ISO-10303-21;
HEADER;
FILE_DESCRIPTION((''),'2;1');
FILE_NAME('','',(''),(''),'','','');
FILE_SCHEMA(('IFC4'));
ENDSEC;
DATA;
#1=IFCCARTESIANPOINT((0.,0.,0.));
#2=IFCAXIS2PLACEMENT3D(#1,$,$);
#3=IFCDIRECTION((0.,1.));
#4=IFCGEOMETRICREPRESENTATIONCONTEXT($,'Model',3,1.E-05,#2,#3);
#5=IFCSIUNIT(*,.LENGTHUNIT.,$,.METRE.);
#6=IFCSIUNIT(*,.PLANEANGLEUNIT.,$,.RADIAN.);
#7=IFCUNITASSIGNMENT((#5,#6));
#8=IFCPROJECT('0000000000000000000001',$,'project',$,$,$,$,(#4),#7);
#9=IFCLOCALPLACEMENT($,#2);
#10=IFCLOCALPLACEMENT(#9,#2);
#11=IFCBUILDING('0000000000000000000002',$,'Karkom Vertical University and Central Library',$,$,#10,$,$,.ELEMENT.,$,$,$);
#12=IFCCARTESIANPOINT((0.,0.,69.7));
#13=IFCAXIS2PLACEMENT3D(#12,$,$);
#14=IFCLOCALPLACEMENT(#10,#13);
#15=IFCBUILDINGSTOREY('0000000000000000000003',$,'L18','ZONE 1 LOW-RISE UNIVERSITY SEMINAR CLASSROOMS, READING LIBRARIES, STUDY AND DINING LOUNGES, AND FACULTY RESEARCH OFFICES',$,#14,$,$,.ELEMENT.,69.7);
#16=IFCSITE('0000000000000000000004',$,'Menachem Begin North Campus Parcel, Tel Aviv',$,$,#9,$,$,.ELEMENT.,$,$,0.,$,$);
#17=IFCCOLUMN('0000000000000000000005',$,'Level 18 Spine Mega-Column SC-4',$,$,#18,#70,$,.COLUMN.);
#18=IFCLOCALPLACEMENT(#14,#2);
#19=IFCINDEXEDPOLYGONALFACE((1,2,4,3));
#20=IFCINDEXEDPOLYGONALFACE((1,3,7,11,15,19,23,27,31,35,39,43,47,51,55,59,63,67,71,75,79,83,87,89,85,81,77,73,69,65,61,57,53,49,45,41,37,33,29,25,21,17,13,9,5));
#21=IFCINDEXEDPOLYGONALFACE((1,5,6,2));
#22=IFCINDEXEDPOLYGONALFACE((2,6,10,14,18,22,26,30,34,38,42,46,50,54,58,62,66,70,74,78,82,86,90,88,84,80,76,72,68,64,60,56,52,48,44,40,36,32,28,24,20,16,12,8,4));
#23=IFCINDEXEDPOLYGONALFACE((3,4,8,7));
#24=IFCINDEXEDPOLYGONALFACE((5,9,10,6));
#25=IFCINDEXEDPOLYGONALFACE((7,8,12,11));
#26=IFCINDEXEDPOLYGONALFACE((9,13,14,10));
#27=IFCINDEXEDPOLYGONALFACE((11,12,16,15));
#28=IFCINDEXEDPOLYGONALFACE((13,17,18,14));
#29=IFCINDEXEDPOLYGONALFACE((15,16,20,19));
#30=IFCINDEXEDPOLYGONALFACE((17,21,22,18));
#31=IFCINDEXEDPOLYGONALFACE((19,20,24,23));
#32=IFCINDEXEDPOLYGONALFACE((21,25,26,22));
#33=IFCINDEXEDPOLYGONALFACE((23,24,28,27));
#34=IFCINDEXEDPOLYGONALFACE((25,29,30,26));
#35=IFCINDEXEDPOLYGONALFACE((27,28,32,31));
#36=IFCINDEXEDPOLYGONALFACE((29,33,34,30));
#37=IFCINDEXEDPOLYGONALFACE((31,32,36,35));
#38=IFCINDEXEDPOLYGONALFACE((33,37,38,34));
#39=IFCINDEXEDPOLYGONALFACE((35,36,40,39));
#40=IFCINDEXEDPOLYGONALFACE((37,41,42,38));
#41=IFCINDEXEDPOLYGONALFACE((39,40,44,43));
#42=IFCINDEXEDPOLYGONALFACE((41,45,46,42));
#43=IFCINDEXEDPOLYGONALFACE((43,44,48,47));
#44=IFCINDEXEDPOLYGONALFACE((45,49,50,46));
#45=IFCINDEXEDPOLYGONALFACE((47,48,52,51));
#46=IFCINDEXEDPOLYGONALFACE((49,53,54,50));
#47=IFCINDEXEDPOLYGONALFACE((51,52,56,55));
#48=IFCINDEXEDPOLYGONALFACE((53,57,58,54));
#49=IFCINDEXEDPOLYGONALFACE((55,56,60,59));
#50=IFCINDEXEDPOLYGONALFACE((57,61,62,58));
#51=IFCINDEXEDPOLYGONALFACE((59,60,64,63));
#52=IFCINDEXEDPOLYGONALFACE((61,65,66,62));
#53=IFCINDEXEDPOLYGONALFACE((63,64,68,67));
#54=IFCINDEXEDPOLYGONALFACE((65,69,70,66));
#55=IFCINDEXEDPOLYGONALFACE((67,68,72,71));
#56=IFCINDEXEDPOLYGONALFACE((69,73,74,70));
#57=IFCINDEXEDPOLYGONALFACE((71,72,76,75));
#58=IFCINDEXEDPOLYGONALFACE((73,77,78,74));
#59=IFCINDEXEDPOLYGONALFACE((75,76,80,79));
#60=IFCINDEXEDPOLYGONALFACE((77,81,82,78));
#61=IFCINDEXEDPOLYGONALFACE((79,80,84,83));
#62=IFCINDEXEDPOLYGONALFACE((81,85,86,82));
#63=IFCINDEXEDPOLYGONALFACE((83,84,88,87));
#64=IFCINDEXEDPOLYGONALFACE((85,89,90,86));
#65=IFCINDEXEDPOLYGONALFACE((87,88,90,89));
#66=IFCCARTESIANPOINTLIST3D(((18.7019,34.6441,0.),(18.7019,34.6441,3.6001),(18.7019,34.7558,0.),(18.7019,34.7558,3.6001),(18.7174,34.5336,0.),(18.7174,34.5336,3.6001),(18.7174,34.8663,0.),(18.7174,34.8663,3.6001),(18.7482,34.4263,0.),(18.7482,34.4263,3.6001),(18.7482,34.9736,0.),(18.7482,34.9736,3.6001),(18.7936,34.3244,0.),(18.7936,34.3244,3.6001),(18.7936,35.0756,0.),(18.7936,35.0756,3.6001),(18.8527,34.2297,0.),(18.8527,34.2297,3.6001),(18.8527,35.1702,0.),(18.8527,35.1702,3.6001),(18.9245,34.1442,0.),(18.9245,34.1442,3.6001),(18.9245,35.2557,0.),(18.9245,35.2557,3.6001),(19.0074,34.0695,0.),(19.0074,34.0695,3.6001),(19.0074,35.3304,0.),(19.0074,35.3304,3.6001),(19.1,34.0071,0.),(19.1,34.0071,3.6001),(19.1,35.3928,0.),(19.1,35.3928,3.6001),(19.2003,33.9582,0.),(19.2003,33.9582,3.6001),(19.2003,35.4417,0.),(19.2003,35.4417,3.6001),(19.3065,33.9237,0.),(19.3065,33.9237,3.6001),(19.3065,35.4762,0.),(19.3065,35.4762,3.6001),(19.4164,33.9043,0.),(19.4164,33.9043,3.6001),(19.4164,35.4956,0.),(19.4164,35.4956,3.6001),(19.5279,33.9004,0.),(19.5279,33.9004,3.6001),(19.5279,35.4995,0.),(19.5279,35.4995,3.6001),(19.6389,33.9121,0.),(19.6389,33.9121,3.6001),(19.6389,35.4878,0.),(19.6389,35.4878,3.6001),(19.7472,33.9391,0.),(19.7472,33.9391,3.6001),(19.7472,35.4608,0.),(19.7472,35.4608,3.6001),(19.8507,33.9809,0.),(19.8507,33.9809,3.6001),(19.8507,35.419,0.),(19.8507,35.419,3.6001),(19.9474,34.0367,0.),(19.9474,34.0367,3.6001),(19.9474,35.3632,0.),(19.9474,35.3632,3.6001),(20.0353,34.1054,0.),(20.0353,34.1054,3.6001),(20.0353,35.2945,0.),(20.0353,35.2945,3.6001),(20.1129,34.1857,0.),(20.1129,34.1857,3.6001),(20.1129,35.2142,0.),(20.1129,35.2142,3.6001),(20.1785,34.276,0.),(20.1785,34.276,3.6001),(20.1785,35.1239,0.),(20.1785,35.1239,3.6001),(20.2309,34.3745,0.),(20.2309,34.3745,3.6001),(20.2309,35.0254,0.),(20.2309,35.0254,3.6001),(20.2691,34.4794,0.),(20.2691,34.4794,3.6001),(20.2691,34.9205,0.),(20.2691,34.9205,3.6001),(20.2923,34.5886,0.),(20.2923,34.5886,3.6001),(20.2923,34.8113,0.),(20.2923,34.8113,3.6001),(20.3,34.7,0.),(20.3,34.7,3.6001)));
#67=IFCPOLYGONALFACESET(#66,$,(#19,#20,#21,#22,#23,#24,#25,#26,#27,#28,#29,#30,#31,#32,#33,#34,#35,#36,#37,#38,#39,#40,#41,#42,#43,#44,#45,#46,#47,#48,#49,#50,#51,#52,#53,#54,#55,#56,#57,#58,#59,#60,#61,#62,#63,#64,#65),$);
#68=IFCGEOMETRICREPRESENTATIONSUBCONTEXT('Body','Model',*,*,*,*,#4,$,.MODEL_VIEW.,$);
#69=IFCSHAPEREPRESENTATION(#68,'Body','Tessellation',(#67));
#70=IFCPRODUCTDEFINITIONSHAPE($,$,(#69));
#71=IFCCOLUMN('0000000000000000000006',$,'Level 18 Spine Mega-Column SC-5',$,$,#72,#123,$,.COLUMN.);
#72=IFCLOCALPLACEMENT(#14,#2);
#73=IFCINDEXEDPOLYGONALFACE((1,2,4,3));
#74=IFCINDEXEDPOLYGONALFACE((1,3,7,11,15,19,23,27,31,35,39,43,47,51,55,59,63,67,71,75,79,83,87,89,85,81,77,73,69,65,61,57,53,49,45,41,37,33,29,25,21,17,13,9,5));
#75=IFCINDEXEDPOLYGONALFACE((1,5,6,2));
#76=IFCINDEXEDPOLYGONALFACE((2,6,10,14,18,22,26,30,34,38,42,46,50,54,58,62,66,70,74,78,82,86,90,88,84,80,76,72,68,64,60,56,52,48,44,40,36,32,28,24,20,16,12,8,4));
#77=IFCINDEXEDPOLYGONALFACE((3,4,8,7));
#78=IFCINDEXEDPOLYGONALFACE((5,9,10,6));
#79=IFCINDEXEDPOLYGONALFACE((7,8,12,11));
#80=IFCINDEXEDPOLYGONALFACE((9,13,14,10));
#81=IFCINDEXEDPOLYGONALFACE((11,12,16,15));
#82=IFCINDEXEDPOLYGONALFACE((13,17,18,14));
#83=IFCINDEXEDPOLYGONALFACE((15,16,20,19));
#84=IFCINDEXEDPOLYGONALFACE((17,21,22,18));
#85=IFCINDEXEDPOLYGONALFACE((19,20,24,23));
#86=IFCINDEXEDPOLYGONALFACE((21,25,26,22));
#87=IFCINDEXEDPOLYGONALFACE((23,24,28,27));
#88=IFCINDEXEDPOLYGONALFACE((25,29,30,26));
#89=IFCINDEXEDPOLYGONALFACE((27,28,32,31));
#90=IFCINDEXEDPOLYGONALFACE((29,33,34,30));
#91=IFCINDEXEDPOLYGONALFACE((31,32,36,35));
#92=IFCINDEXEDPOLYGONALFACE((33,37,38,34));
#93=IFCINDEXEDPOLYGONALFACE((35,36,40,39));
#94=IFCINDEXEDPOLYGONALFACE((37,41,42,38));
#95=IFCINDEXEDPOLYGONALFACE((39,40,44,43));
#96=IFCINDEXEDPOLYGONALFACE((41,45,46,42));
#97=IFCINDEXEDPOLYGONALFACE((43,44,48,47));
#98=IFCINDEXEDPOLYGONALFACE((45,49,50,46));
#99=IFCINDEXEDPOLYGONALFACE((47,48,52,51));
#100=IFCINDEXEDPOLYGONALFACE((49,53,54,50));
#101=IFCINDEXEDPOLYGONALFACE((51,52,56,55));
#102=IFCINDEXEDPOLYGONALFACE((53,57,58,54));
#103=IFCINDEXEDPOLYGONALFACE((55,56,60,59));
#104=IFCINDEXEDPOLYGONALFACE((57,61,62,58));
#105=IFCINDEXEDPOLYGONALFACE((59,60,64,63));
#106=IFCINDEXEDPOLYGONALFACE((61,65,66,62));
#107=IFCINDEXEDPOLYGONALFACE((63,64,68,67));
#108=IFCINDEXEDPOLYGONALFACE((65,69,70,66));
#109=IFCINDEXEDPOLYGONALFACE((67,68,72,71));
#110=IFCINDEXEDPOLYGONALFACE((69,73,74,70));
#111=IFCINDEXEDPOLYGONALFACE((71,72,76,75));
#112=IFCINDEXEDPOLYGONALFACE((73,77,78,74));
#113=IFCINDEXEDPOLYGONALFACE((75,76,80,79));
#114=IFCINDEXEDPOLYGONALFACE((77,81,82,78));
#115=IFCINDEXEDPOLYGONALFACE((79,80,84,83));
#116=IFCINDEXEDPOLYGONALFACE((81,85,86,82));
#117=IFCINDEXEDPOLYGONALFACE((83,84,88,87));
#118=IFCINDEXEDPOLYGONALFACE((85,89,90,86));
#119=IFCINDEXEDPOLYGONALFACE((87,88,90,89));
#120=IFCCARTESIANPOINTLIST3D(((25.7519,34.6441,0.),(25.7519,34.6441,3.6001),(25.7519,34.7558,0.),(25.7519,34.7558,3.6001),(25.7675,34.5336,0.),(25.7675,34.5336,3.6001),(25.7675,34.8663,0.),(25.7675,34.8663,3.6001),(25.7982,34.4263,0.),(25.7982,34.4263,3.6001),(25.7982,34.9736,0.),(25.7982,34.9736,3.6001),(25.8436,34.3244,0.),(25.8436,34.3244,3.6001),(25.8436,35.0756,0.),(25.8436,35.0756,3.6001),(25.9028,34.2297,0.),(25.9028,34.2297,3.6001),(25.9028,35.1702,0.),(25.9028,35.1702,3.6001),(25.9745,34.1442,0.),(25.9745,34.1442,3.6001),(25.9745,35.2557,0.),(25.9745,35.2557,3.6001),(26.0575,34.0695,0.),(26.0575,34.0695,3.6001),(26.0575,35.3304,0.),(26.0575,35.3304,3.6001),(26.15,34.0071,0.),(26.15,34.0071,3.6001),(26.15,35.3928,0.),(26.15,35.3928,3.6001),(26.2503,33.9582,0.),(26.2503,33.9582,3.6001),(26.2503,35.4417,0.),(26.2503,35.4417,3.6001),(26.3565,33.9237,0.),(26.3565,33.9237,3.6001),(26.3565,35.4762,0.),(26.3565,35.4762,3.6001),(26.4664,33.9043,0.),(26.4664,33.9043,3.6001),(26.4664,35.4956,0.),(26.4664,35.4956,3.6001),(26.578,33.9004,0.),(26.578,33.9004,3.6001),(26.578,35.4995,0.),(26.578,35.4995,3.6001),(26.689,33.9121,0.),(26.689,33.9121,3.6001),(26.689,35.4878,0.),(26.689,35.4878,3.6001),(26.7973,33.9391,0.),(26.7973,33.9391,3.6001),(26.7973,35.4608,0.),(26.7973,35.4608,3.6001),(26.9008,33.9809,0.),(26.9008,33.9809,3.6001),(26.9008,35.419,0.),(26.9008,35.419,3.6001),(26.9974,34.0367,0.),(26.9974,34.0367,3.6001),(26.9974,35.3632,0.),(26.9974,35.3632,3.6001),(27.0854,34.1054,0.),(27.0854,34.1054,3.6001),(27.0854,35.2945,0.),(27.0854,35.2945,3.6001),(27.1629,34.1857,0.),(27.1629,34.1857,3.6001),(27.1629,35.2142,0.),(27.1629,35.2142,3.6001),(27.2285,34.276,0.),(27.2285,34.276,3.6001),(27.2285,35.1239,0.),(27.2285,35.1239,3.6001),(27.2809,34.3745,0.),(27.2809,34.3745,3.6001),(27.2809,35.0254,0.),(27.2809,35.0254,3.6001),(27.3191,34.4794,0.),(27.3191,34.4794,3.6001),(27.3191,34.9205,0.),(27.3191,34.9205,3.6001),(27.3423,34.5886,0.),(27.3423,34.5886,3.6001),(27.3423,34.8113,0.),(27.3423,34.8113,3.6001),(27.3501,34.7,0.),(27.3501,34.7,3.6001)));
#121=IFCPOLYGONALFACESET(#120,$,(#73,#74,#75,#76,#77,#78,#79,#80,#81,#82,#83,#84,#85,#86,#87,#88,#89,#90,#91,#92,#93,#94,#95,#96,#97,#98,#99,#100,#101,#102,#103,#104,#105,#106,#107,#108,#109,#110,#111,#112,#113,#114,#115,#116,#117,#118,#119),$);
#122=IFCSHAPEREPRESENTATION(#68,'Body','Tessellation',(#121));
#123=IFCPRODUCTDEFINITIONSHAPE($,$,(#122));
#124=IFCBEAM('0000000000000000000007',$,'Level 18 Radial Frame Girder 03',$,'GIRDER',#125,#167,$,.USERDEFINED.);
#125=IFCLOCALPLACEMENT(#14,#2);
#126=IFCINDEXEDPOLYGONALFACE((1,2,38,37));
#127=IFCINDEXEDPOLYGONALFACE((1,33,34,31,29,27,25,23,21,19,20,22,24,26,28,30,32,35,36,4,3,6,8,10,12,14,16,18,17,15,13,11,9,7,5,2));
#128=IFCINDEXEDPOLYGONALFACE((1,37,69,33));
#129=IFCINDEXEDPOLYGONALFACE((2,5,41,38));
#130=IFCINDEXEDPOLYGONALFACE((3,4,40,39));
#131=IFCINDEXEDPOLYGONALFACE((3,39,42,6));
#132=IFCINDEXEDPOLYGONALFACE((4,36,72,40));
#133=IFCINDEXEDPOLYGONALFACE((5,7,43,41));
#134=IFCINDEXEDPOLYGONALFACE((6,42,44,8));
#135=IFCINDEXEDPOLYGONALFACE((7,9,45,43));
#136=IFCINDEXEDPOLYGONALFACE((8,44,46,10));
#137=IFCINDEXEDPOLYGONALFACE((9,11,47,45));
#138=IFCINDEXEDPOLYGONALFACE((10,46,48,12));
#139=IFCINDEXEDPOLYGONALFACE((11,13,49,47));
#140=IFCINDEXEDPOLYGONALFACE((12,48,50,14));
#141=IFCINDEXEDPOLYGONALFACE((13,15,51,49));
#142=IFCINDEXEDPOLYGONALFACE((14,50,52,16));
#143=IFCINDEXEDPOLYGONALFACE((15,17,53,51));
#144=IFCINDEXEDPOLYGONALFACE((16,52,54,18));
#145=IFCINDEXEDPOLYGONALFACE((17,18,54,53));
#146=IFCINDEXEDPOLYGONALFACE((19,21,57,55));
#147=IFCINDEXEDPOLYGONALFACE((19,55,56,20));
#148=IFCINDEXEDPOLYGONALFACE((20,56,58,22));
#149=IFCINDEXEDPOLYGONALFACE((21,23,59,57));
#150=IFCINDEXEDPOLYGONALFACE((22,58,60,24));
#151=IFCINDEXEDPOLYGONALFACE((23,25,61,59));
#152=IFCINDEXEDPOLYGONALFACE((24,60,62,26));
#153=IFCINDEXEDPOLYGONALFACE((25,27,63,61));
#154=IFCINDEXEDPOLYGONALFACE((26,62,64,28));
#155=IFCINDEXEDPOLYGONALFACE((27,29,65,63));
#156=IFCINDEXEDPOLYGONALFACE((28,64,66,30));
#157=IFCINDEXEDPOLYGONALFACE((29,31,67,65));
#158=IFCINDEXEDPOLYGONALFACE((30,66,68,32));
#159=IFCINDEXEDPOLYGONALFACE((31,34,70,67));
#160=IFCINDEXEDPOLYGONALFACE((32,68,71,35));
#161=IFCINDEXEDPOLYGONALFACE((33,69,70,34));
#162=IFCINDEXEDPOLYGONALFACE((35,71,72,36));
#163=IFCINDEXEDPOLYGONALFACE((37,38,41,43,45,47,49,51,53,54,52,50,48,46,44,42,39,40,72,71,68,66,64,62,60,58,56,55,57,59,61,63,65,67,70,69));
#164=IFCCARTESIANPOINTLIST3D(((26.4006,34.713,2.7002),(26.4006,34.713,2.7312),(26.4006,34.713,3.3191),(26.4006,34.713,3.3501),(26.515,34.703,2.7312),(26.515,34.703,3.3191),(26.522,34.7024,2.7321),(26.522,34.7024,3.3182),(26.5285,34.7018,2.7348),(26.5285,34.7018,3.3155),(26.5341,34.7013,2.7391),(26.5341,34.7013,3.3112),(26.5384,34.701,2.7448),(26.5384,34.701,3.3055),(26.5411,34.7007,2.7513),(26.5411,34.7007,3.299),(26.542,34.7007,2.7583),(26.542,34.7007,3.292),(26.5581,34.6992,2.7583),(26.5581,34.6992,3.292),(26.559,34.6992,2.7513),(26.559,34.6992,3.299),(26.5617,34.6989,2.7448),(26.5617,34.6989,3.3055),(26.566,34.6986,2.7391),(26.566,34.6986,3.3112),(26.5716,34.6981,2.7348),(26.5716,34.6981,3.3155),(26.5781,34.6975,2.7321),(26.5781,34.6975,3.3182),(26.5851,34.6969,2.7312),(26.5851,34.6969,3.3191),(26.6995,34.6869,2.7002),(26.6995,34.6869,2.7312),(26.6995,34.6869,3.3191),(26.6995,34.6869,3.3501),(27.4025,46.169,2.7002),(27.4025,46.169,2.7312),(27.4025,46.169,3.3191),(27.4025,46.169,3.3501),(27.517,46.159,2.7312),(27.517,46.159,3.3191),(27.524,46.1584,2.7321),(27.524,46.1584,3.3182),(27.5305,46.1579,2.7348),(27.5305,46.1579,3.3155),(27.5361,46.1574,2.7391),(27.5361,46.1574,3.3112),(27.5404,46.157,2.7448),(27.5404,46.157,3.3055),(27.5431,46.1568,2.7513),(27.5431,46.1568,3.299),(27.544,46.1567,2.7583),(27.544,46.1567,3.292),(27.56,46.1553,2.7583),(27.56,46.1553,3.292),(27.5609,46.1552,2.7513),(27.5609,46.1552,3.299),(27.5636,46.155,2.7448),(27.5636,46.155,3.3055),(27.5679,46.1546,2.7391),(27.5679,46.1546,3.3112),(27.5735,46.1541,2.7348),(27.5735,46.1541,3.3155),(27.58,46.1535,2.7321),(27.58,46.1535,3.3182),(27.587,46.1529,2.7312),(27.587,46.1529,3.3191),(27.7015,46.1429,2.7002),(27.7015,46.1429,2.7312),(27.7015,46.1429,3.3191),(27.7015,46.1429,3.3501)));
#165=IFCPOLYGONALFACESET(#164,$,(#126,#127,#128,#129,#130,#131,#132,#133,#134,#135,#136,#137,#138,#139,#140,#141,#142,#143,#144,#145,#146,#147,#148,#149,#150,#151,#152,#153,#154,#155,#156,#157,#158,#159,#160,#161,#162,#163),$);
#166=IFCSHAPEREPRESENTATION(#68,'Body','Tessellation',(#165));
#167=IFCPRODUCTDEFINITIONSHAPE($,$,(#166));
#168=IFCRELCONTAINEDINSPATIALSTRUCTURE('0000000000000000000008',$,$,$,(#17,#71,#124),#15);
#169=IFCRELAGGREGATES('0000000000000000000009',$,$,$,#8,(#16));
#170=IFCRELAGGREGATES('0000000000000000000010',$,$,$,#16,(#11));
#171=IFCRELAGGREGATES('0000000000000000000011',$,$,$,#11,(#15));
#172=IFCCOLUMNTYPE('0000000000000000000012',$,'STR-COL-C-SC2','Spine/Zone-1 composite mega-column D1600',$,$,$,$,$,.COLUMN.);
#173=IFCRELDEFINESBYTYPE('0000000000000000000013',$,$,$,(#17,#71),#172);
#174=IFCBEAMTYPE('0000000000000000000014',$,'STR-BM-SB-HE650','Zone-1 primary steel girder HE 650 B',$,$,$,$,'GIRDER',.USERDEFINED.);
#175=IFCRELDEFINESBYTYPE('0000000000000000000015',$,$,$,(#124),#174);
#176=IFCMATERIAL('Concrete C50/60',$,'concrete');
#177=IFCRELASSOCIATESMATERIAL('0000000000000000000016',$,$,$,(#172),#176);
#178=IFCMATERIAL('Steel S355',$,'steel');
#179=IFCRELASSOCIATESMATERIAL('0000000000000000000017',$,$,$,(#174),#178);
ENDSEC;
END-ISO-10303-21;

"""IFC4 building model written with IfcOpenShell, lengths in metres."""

from ifc_helpers import new_model, si_unit, direction, frame, origin, origin_with_axes, origin_2d, place, context, subcontext, project, spatial, circle, i_section, extrude, source, transform, mapped, material, material_profile, profile_set, type_object, element, save


model = new_model("IFC4")

# Units and contexts
model_context = context("Model", 3, precision=1e-05, world=origin(), true_north=direction((0.0, 1.0)))
body_context = subcontext(model_context, "Body", "Model", "MODEL_VIEW")
ifc_project = project(units=[si_unit("LENGTHUNIT", "METRE"), si_unit("PLANEANGLEUNIT", "RADIAN")], contexts=[model_context])

# Site, building, storey
site_placement = place(None, origin())
site = spatial("IfcSite", under=ifc_project, at=site_placement, Name="Menachem Begin North Campus Parcel, Tel Aviv", CompositionType="ELEMENT", RefElevation=0.0)
building_placement = place(site_placement, origin())
building = spatial("IfcBuilding", under=site, at=building_placement, Name="Karkom Vertical University and Central Library", CompositionType="ELEMENT")
storey_placement = place(building_placement, frame((0.0, 0.0, 69.7)))
storey = spatial("IfcBuildingStorey", under=building, at=storey_placement, Name="L18", Description="ZONE 1 LOW-RISE UNIVERSITY SEMINAR CLASSROOMS, READING LIBRARIES, STUDY AND DINING LOUNGES, AND FACULTY RESEARCH OFFICES", CompositionType="ELEMENT", Elevation=69.7)

# Columns
ifc_material_1 = material(Name="Concrete C50/60", Category="concrete")
ifc_material_profile_1 = material_profile(ifc_material_1, circle(Radius=0.8, at=origin_2d()), Name="CFT-D1600")
ifc_profile_set_1 = profile_set([ifc_material_profile_1], Name="Concrete C50/60")
column_type = type_object("IfcColumnType", Name="STR-COL-C-SC2", Description="Spine/Zone-1 composite mega-column D1600", PredefinedType="COLUMN", material=ifc_profile_set_1)
shared_shape_1 = source(origin_with_axes(), body_context, "Body", "SweptSolid", [
    extrude(circle(Radius=0.8, at=origin_2d()), origin(), (0.0, 0.0, 1.0), 3.6001),
])
for number, where, z_axis, x_axis, name in (
    (1, (19.5, 34.7, 0.0), (0.0, 0.0, 1.0), (1.0, 0.0, 0.0), "Level 18 Spine Mega-Column SC-4"),
    (2, (26.55, 34.7, 0.0), (0.0, 0.0, 1.0), (1.0, 0.0, 0.0), "Level 18 Spine Mega-Column SC-5"),
):
    element("IfcColumn", number, at=place(storey_placement, frame(where, z_axis=z_axis, x_axis=x_axis)), inside=storey, type_object=column_type, Name=name, PredefinedType="COLUMN", context=body_context, shape_type="MappedRepresentation", body=[
        mapped(shared_shape_1, transform((0.0, 0.0, 0.0), scale=1.0)),
    ])

# Beam
ifc_material_2 = material(Name="Steel S355", Category="steel")
ifc_material_profile_2 = material_profile(ifc_material_2, i_section(OverallWidth=0.3, OverallDepth=0.6499, WebThickness=0.0161, FlangeThickness=0.031, FilletRadius=0.0271, at=origin_2d()), Name="HE 650 B")
ifc_profile_set_2 = profile_set([ifc_material_profile_2], Name="Steel S355")
beam_type_1 = type_object("IfcBeamType", Name="STR-BM-SB-HE650", Description="Zone-1 primary steel girder HE 650 B", ElementType="GIRDER", PredefinedType="USERDEFINED", material=ifc_profile_set_2)
shared_shape_2 = source(origin_with_axes(), body_context, "Body", "SweptSolid", [
    extrude(i_section(OverallWidth=0.3, OverallDepth=0.6499, WebThickness=0.0161, FlangeThickness=0.031, FilletRadius=0.0271, at=origin_2d()), origin(), (0.0, 0.0, 1.0), 11.4998),
])
beam_1_placement = place(storey_placement, frame((26.55, 34.7, 3.0251), z_axis=(0.087128, 0.996197, 0.0), x_axis=(-0.996197, 0.087128, 0.0)))
element("IfcBeam", 3, at=beam_1_placement, inside=storey, type_object=beam_type_1, Name="Level 18 Radial Frame Girder 03", ObjectType="GIRDER", PredefinedType="USERDEFINED", context=body_context, shape_type="MappedRepresentation", body=[
    mapped(shared_shape_2, transform((0.0, 0.0, 0.0), scale=1.0)),
])

save(model, "model.ifc")
